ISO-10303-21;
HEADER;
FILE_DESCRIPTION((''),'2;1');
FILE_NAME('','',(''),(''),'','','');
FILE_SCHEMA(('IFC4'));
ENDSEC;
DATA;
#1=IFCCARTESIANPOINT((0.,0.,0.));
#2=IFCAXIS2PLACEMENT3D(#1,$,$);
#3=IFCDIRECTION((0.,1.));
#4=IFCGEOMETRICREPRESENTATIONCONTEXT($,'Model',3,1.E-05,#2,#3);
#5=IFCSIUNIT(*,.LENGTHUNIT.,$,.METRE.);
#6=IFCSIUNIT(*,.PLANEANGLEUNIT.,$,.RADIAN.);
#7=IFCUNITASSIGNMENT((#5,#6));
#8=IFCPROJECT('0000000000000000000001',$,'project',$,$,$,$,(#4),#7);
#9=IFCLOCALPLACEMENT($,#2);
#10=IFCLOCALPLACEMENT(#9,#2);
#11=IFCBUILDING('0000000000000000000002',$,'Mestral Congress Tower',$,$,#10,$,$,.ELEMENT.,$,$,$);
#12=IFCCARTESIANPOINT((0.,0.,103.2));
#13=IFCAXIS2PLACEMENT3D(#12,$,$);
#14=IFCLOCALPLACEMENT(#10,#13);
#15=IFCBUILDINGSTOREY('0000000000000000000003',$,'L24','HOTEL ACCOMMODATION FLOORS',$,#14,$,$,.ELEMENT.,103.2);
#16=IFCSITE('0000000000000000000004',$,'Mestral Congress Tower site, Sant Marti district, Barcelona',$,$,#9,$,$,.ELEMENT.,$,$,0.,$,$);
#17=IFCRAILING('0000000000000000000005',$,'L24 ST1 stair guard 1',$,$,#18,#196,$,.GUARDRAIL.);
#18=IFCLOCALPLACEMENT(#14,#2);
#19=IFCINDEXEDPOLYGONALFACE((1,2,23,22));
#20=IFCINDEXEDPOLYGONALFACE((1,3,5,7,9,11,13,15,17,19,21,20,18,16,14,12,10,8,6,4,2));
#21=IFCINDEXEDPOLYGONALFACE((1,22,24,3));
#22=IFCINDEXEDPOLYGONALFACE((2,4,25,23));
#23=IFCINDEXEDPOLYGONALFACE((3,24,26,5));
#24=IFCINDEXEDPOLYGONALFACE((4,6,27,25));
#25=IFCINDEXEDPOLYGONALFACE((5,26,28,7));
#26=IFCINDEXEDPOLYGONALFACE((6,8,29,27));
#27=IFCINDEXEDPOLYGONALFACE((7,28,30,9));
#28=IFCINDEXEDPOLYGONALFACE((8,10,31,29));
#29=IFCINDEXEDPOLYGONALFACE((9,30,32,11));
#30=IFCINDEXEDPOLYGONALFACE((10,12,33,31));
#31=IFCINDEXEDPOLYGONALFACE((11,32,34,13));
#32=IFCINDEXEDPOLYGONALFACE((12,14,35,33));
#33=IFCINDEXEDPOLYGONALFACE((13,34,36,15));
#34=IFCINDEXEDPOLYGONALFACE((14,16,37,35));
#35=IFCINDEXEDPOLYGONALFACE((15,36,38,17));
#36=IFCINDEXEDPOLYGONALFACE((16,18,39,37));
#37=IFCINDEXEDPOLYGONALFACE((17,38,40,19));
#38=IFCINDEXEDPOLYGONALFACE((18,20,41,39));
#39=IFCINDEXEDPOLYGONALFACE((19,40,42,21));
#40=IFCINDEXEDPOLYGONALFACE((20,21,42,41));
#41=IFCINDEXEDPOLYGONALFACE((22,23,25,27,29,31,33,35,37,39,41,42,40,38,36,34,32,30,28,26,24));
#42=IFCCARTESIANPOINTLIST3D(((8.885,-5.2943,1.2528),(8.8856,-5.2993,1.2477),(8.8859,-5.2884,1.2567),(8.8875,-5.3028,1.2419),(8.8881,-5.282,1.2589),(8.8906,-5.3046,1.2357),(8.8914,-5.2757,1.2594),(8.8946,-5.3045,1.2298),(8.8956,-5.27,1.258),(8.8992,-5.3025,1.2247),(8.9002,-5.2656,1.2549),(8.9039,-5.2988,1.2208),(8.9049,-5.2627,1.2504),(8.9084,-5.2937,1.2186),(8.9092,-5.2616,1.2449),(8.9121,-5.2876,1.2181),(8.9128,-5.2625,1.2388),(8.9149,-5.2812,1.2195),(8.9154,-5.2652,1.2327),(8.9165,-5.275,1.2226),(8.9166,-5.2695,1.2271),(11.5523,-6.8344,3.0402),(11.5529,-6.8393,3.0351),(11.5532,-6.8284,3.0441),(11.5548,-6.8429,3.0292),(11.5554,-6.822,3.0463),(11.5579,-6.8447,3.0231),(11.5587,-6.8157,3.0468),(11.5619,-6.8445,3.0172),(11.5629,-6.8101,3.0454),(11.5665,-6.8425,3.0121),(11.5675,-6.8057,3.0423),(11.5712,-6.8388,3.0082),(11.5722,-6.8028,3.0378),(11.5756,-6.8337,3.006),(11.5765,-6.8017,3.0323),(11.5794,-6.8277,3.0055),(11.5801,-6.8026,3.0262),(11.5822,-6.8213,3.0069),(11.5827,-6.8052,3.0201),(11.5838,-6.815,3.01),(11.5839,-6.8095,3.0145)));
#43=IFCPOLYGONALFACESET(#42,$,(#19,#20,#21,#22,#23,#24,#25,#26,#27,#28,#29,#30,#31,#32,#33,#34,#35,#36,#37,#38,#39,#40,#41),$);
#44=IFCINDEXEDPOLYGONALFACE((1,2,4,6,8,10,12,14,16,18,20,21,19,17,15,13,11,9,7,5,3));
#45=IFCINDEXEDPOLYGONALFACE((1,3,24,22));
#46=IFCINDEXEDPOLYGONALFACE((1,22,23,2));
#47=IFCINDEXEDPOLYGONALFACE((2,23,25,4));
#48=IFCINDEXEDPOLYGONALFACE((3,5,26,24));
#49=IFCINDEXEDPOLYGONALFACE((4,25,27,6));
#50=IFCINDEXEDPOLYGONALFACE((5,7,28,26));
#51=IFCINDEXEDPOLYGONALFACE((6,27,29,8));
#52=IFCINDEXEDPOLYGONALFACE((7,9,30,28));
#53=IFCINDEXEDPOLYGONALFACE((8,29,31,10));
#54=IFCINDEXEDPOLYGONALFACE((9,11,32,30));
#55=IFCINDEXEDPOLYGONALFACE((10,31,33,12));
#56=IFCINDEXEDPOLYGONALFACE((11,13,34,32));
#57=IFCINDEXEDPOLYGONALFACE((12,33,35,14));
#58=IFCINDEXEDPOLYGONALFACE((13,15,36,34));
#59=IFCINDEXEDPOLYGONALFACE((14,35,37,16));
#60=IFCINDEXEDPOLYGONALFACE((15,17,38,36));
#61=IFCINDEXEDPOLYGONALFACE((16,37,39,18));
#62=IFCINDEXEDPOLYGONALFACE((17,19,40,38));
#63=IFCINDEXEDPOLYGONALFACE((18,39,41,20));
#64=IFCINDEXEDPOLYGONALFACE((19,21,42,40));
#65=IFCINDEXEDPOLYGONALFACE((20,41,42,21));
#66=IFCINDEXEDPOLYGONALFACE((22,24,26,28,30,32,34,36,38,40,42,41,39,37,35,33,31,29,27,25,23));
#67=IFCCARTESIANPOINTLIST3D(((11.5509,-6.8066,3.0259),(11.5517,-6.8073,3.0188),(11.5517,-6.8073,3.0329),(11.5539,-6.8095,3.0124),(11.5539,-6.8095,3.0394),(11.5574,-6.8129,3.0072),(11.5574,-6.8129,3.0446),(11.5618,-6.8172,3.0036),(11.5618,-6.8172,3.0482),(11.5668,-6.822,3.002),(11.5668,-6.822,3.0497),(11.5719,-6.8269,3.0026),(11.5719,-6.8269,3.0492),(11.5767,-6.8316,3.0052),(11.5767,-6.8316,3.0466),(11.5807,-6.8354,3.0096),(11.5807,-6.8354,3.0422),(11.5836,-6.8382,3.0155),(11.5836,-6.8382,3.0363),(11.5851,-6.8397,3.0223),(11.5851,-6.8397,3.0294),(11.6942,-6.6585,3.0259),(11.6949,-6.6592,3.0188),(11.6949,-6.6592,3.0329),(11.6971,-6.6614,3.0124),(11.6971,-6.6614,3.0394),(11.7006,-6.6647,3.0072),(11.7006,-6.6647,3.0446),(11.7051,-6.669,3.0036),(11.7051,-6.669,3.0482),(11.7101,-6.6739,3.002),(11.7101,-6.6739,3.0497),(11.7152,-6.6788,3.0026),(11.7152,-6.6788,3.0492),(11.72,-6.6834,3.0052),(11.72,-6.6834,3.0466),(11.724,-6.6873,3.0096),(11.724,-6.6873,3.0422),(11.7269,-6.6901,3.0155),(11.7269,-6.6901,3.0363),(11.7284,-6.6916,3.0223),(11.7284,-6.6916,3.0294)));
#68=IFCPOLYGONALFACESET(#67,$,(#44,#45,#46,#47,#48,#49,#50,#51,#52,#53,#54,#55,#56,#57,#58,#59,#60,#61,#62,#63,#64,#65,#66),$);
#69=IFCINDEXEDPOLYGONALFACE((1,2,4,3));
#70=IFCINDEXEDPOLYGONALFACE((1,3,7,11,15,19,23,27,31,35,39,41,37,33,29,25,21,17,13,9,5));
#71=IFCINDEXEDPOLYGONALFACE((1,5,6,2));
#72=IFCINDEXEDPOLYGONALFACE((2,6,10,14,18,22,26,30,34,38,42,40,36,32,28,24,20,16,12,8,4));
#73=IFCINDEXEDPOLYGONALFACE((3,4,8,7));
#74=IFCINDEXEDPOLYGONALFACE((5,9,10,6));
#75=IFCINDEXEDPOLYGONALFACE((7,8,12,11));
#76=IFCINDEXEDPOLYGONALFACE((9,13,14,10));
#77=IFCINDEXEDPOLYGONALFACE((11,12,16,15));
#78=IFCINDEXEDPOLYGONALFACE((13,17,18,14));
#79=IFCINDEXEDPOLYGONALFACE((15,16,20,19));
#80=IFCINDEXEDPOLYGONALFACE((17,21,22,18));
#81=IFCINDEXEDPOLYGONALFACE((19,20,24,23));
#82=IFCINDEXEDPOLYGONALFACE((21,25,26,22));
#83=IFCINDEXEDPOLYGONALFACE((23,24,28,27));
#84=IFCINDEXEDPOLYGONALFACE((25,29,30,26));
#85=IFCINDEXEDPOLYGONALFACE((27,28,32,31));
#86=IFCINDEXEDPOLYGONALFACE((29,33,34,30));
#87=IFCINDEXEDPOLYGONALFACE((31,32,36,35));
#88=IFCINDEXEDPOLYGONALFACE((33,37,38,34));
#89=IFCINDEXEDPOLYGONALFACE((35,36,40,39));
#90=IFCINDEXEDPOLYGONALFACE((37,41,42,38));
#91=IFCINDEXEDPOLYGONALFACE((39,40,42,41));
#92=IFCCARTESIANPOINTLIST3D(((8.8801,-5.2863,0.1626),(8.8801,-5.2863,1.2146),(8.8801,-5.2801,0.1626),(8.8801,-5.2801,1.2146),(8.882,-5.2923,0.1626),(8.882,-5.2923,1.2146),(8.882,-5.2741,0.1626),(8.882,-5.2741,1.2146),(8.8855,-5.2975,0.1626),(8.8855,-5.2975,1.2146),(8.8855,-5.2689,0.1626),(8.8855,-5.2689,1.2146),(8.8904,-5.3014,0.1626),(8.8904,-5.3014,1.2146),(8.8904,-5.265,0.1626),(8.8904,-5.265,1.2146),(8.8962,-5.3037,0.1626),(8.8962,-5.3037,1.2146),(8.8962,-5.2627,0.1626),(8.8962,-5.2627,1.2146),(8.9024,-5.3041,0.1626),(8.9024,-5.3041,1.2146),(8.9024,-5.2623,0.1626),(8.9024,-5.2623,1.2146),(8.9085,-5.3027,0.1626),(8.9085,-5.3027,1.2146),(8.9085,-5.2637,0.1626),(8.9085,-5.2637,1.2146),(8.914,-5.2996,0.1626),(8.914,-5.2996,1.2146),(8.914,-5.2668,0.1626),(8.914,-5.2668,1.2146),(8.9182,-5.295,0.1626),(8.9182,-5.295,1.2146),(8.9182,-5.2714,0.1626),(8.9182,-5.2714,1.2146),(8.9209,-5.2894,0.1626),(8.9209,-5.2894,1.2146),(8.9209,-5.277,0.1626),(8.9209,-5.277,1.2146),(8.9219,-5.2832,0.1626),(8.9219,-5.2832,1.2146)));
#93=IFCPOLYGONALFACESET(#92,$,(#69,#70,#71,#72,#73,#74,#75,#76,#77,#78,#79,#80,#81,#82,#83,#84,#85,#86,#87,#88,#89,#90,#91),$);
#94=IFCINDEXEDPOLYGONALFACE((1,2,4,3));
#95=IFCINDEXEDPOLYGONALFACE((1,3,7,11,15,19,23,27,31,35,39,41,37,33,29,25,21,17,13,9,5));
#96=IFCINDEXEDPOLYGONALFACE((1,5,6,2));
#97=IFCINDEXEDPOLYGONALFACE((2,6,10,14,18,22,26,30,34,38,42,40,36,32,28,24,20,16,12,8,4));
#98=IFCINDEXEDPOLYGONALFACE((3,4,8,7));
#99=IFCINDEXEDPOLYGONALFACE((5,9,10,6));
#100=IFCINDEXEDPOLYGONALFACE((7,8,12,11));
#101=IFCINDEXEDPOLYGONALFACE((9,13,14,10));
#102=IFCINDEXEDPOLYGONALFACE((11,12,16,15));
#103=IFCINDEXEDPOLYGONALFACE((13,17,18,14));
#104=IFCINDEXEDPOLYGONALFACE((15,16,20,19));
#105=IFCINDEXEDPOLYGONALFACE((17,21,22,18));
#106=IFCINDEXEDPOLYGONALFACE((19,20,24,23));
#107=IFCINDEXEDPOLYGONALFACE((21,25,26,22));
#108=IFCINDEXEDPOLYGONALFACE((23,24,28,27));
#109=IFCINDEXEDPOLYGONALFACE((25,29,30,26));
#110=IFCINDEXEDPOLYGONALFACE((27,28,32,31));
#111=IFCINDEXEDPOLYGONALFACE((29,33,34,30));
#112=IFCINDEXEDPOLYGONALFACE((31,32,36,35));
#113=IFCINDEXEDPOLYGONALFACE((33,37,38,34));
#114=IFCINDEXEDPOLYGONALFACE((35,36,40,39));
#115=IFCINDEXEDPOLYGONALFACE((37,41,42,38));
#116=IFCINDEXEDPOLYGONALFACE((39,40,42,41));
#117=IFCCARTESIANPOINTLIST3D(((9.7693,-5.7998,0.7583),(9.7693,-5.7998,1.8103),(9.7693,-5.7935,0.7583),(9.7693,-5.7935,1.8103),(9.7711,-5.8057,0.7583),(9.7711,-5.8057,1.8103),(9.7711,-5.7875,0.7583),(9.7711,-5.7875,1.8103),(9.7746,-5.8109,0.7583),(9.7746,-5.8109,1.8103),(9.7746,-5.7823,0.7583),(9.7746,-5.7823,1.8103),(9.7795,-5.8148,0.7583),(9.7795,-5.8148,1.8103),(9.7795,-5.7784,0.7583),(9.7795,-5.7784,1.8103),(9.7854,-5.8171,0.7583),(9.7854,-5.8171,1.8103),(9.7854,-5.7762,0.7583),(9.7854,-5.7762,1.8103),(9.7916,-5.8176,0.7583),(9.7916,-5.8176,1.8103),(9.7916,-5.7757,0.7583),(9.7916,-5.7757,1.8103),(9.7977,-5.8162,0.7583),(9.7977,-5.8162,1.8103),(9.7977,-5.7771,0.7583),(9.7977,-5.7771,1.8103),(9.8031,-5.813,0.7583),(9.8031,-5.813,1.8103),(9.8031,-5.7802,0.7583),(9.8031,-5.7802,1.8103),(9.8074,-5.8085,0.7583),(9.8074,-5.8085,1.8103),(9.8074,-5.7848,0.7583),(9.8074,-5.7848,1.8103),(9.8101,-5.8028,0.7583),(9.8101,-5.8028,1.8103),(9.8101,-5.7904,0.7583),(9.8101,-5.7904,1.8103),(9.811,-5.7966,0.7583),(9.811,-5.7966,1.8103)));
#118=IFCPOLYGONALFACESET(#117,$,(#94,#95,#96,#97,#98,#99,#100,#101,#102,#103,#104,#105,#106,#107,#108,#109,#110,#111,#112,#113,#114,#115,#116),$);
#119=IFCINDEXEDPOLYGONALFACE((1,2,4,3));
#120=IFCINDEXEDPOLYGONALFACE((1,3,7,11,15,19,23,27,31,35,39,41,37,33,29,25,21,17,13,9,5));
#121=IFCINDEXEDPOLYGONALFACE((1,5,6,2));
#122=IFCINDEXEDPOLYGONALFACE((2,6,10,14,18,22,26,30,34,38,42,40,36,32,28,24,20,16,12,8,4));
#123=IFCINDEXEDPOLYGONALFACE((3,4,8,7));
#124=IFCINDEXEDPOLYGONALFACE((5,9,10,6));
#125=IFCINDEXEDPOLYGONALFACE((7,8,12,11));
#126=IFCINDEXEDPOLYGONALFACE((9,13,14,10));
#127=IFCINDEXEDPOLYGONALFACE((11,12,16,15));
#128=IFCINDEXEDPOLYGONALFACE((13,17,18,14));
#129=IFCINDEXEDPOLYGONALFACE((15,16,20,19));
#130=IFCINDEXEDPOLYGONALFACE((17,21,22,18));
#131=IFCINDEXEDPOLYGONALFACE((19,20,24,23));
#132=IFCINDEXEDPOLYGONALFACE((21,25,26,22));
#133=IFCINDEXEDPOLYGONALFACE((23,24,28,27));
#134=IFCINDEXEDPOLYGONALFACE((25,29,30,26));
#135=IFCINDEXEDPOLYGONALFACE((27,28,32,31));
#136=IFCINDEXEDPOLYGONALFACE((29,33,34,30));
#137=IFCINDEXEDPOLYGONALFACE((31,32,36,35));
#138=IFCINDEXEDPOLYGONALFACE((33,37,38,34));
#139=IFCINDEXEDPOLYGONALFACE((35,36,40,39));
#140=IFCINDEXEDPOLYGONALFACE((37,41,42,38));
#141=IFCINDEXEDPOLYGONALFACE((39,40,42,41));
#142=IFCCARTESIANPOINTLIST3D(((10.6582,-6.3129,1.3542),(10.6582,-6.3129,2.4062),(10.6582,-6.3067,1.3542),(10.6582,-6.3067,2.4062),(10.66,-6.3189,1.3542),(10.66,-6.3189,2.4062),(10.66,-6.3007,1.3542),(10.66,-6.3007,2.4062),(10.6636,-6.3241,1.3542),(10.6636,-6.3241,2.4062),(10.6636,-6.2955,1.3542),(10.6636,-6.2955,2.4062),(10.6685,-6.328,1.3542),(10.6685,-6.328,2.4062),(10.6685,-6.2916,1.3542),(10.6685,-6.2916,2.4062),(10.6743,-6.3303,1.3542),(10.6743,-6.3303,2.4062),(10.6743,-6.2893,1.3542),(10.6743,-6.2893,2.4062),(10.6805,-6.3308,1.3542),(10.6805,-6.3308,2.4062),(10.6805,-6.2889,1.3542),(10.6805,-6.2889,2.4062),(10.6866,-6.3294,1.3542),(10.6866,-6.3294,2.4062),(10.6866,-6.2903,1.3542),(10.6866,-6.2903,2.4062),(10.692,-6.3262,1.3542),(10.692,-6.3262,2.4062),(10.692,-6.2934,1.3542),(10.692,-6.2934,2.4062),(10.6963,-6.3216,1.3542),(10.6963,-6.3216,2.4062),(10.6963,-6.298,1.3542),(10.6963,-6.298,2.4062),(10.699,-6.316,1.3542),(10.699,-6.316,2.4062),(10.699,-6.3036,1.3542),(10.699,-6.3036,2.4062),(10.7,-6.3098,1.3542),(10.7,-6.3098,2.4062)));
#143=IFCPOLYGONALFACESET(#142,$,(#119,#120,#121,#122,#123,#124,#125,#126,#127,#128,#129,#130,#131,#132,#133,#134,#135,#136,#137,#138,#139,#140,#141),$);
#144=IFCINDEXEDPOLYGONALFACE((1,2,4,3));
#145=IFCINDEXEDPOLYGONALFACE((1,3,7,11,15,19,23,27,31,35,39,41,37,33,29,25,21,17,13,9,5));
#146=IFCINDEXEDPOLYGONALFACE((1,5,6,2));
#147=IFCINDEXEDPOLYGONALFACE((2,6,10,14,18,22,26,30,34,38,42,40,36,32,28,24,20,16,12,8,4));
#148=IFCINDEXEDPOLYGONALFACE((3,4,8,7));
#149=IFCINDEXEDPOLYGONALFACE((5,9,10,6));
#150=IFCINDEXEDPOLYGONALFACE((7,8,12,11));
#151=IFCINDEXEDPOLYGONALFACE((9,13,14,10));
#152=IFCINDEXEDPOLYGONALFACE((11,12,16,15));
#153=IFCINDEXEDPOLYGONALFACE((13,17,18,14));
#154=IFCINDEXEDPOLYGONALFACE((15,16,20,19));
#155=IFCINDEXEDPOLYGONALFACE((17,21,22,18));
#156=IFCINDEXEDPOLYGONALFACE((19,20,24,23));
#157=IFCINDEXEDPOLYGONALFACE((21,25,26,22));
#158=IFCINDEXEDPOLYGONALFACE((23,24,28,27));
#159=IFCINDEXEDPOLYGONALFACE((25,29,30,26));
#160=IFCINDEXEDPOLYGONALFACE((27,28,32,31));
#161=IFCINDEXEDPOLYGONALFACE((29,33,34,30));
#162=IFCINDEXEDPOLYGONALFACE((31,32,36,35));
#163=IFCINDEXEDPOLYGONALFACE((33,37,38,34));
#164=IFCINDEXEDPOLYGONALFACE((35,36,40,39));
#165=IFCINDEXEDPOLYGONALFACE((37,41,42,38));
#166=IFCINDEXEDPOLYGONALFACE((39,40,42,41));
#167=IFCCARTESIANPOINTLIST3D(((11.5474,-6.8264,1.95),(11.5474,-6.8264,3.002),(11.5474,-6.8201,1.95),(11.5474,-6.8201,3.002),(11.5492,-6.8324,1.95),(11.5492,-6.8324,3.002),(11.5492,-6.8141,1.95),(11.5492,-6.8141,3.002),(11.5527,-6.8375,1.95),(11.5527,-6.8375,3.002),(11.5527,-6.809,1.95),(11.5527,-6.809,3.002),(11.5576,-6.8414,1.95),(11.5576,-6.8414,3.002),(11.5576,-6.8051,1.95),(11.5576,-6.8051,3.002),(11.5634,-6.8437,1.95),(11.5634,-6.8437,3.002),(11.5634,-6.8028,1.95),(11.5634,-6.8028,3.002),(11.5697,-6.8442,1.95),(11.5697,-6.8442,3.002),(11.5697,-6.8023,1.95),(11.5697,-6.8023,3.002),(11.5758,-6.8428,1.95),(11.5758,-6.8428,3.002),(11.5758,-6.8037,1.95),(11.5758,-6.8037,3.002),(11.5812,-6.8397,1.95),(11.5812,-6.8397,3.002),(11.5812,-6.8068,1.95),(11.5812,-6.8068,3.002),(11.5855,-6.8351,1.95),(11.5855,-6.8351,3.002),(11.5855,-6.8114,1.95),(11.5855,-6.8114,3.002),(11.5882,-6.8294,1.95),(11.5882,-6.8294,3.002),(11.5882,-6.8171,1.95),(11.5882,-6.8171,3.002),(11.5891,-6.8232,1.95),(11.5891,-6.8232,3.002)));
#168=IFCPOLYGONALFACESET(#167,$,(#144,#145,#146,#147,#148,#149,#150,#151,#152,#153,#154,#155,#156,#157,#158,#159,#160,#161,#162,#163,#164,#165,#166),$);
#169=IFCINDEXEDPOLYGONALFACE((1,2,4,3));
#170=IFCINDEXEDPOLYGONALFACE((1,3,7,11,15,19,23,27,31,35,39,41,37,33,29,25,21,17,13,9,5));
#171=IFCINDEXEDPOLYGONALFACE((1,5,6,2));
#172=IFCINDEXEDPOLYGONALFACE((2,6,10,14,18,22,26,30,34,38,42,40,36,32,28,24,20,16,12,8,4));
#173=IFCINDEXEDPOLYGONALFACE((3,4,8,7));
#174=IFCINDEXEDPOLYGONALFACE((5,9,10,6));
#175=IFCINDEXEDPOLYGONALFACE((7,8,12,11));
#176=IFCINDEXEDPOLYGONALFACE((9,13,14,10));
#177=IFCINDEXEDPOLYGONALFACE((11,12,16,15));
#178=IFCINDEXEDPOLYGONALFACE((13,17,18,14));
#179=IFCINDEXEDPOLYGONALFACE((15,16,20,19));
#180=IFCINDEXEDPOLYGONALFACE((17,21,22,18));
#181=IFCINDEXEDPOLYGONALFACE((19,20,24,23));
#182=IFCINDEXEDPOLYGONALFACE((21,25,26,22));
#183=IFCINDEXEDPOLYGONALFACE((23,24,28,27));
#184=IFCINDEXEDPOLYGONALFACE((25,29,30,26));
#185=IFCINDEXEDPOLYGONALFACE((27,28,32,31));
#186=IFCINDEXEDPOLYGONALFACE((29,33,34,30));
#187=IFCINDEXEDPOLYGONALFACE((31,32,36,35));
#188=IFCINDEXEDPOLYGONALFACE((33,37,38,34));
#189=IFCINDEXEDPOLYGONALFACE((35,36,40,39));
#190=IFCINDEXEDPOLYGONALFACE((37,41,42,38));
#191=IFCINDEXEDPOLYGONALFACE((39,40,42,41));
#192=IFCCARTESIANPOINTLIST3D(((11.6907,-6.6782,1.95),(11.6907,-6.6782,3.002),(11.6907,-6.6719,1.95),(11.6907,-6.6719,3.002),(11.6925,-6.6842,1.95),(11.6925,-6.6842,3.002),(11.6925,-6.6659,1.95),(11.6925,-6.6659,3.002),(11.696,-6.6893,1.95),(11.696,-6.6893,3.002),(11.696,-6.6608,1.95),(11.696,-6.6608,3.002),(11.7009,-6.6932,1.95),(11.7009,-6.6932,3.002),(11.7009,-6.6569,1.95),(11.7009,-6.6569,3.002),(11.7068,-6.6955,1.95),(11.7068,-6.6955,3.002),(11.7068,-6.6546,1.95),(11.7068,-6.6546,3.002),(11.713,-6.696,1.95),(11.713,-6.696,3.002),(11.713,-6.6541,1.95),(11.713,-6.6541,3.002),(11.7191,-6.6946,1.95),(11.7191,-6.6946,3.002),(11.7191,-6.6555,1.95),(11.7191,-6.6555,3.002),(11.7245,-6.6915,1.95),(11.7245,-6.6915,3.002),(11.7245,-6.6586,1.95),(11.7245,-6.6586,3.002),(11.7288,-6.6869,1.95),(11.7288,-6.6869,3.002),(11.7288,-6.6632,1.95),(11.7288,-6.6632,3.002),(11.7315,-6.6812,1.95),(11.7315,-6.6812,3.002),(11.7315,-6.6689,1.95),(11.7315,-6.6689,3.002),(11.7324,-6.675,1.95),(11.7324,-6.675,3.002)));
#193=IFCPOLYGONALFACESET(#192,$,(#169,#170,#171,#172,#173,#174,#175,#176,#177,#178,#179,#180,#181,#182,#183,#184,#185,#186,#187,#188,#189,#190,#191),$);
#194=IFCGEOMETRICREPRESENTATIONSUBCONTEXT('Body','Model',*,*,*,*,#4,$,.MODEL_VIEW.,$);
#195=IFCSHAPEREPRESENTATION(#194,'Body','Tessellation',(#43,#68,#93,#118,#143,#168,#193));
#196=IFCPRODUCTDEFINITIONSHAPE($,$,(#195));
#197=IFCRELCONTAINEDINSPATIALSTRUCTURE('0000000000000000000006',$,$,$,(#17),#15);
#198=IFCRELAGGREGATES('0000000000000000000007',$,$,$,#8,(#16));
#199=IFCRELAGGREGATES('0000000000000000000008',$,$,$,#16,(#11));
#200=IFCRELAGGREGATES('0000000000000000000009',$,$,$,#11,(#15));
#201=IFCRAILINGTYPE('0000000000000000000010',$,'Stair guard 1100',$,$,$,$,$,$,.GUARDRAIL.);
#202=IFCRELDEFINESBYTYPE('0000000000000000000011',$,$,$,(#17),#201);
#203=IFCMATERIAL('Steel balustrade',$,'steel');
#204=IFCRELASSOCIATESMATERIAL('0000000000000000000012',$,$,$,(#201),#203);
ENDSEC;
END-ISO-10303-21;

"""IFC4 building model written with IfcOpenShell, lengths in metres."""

from ifc_helpers import new_model, si_unit, direction, frame, origin, origin_2d, place, context, subcontext, project, spatial, circle, extrude, material, type_object, element, save


model = new_model("IFC4")

# Units and contexts
model_context = context("Model", 3, precision=1e-05, world=origin(), true_north=direction((0.0, 1.0)))
body_context = subcontext(model_context, "Body", "Model", "MODEL_VIEW")
ifc_project = project(units=[si_unit("LENGTHUNIT", "METRE"), si_unit("PLANEANGLEUNIT", "RADIAN")], contexts=[model_context])

# Site, building, storey
site_placement = place(None, origin())
site = spatial("IfcSite", under=ifc_project, at=site_placement, Name="Mestral Congress Tower site, Sant Marti district, Barcelona", CompositionType="ELEMENT", RefElevation=0.0)
building_placement = place(site_placement, origin())
building = spatial("IfcBuilding", under=site, at=building_placement, Name="Mestral Congress Tower", CompositionType="ELEMENT")
storey_placement = place(building_placement, frame((0.0, 0.0, 103.2)))
storey = spatial("IfcBuildingStorey", under=building, at=storey_placement, Name="L24", Description="HOTEL ACCOMMODATION FLOORS", CompositionType="ELEMENT", Elevation=103.2)

# Railing
ifc_material_1 = material(Name="Steel balustrade", Category="steel")
railing_type_1 = type_object("IfcRailingType", Name="Stair guard 1100", PredefinedType="GUARDRAIL", material=ifc_material_1)
railing_1_placement = place(storey_placement, frame((8.9009, -5.2832, 0.1626)))
element("IfcRailing", 1, at=railing_1_placement, inside=storey, type_object=railing_type_1, Name="L24 ST1 stair guard 1", PredefinedType="GUARDRAIL", context=body_context, shape_type="SweptSolid", body=[
    extrude(circle(Radius=0.0239, at=origin_2d()), frame((0.0, 0.0, 1.0762), z_axis=(0.74902, -0.432477, 0.501929), x_axis=(0.500027, 0.86601, 0.0)), (0.0, 0.0, 1.0), 3.561),
    extrude(circle(Radius=0.0239, at=origin_2d()), frame((2.6672, -1.54, 2.8633), z_axis=(0.695165, 0.71885, 0.0), x_axis=(-0.71885, 0.695165, 0.0)), (0.0, 0.0, 1.0), 0.2061),
    extrude(circle(Radius=0.021, at=origin_2d()), origin(), (0.0, 0.0, 1.0), 1.052),
    extrude(circle(Radius=0.021, at=origin_2d()), frame((0.8892, -0.5134, 0.5957)), (0.0, 0.0, 1.0), 1.052),
    extrude(circle(Radius=0.021, at=origin_2d()), frame((1.7781, -1.0266, 1.1917)), (0.0, 0.0, 1.0), 1.052),
    extrude(circle(Radius=0.021, at=origin_2d()), frame((2.6672, -1.54, 1.7874)), (0.0, 0.0, 1.0), 1.052),
    extrude(circle(Radius=0.021, at=origin_2d()), frame((2.8105, -1.3918, 1.7874)), (0.0, 0.0, 1.0), 1.052),
])

save(model, "model.ifc")
